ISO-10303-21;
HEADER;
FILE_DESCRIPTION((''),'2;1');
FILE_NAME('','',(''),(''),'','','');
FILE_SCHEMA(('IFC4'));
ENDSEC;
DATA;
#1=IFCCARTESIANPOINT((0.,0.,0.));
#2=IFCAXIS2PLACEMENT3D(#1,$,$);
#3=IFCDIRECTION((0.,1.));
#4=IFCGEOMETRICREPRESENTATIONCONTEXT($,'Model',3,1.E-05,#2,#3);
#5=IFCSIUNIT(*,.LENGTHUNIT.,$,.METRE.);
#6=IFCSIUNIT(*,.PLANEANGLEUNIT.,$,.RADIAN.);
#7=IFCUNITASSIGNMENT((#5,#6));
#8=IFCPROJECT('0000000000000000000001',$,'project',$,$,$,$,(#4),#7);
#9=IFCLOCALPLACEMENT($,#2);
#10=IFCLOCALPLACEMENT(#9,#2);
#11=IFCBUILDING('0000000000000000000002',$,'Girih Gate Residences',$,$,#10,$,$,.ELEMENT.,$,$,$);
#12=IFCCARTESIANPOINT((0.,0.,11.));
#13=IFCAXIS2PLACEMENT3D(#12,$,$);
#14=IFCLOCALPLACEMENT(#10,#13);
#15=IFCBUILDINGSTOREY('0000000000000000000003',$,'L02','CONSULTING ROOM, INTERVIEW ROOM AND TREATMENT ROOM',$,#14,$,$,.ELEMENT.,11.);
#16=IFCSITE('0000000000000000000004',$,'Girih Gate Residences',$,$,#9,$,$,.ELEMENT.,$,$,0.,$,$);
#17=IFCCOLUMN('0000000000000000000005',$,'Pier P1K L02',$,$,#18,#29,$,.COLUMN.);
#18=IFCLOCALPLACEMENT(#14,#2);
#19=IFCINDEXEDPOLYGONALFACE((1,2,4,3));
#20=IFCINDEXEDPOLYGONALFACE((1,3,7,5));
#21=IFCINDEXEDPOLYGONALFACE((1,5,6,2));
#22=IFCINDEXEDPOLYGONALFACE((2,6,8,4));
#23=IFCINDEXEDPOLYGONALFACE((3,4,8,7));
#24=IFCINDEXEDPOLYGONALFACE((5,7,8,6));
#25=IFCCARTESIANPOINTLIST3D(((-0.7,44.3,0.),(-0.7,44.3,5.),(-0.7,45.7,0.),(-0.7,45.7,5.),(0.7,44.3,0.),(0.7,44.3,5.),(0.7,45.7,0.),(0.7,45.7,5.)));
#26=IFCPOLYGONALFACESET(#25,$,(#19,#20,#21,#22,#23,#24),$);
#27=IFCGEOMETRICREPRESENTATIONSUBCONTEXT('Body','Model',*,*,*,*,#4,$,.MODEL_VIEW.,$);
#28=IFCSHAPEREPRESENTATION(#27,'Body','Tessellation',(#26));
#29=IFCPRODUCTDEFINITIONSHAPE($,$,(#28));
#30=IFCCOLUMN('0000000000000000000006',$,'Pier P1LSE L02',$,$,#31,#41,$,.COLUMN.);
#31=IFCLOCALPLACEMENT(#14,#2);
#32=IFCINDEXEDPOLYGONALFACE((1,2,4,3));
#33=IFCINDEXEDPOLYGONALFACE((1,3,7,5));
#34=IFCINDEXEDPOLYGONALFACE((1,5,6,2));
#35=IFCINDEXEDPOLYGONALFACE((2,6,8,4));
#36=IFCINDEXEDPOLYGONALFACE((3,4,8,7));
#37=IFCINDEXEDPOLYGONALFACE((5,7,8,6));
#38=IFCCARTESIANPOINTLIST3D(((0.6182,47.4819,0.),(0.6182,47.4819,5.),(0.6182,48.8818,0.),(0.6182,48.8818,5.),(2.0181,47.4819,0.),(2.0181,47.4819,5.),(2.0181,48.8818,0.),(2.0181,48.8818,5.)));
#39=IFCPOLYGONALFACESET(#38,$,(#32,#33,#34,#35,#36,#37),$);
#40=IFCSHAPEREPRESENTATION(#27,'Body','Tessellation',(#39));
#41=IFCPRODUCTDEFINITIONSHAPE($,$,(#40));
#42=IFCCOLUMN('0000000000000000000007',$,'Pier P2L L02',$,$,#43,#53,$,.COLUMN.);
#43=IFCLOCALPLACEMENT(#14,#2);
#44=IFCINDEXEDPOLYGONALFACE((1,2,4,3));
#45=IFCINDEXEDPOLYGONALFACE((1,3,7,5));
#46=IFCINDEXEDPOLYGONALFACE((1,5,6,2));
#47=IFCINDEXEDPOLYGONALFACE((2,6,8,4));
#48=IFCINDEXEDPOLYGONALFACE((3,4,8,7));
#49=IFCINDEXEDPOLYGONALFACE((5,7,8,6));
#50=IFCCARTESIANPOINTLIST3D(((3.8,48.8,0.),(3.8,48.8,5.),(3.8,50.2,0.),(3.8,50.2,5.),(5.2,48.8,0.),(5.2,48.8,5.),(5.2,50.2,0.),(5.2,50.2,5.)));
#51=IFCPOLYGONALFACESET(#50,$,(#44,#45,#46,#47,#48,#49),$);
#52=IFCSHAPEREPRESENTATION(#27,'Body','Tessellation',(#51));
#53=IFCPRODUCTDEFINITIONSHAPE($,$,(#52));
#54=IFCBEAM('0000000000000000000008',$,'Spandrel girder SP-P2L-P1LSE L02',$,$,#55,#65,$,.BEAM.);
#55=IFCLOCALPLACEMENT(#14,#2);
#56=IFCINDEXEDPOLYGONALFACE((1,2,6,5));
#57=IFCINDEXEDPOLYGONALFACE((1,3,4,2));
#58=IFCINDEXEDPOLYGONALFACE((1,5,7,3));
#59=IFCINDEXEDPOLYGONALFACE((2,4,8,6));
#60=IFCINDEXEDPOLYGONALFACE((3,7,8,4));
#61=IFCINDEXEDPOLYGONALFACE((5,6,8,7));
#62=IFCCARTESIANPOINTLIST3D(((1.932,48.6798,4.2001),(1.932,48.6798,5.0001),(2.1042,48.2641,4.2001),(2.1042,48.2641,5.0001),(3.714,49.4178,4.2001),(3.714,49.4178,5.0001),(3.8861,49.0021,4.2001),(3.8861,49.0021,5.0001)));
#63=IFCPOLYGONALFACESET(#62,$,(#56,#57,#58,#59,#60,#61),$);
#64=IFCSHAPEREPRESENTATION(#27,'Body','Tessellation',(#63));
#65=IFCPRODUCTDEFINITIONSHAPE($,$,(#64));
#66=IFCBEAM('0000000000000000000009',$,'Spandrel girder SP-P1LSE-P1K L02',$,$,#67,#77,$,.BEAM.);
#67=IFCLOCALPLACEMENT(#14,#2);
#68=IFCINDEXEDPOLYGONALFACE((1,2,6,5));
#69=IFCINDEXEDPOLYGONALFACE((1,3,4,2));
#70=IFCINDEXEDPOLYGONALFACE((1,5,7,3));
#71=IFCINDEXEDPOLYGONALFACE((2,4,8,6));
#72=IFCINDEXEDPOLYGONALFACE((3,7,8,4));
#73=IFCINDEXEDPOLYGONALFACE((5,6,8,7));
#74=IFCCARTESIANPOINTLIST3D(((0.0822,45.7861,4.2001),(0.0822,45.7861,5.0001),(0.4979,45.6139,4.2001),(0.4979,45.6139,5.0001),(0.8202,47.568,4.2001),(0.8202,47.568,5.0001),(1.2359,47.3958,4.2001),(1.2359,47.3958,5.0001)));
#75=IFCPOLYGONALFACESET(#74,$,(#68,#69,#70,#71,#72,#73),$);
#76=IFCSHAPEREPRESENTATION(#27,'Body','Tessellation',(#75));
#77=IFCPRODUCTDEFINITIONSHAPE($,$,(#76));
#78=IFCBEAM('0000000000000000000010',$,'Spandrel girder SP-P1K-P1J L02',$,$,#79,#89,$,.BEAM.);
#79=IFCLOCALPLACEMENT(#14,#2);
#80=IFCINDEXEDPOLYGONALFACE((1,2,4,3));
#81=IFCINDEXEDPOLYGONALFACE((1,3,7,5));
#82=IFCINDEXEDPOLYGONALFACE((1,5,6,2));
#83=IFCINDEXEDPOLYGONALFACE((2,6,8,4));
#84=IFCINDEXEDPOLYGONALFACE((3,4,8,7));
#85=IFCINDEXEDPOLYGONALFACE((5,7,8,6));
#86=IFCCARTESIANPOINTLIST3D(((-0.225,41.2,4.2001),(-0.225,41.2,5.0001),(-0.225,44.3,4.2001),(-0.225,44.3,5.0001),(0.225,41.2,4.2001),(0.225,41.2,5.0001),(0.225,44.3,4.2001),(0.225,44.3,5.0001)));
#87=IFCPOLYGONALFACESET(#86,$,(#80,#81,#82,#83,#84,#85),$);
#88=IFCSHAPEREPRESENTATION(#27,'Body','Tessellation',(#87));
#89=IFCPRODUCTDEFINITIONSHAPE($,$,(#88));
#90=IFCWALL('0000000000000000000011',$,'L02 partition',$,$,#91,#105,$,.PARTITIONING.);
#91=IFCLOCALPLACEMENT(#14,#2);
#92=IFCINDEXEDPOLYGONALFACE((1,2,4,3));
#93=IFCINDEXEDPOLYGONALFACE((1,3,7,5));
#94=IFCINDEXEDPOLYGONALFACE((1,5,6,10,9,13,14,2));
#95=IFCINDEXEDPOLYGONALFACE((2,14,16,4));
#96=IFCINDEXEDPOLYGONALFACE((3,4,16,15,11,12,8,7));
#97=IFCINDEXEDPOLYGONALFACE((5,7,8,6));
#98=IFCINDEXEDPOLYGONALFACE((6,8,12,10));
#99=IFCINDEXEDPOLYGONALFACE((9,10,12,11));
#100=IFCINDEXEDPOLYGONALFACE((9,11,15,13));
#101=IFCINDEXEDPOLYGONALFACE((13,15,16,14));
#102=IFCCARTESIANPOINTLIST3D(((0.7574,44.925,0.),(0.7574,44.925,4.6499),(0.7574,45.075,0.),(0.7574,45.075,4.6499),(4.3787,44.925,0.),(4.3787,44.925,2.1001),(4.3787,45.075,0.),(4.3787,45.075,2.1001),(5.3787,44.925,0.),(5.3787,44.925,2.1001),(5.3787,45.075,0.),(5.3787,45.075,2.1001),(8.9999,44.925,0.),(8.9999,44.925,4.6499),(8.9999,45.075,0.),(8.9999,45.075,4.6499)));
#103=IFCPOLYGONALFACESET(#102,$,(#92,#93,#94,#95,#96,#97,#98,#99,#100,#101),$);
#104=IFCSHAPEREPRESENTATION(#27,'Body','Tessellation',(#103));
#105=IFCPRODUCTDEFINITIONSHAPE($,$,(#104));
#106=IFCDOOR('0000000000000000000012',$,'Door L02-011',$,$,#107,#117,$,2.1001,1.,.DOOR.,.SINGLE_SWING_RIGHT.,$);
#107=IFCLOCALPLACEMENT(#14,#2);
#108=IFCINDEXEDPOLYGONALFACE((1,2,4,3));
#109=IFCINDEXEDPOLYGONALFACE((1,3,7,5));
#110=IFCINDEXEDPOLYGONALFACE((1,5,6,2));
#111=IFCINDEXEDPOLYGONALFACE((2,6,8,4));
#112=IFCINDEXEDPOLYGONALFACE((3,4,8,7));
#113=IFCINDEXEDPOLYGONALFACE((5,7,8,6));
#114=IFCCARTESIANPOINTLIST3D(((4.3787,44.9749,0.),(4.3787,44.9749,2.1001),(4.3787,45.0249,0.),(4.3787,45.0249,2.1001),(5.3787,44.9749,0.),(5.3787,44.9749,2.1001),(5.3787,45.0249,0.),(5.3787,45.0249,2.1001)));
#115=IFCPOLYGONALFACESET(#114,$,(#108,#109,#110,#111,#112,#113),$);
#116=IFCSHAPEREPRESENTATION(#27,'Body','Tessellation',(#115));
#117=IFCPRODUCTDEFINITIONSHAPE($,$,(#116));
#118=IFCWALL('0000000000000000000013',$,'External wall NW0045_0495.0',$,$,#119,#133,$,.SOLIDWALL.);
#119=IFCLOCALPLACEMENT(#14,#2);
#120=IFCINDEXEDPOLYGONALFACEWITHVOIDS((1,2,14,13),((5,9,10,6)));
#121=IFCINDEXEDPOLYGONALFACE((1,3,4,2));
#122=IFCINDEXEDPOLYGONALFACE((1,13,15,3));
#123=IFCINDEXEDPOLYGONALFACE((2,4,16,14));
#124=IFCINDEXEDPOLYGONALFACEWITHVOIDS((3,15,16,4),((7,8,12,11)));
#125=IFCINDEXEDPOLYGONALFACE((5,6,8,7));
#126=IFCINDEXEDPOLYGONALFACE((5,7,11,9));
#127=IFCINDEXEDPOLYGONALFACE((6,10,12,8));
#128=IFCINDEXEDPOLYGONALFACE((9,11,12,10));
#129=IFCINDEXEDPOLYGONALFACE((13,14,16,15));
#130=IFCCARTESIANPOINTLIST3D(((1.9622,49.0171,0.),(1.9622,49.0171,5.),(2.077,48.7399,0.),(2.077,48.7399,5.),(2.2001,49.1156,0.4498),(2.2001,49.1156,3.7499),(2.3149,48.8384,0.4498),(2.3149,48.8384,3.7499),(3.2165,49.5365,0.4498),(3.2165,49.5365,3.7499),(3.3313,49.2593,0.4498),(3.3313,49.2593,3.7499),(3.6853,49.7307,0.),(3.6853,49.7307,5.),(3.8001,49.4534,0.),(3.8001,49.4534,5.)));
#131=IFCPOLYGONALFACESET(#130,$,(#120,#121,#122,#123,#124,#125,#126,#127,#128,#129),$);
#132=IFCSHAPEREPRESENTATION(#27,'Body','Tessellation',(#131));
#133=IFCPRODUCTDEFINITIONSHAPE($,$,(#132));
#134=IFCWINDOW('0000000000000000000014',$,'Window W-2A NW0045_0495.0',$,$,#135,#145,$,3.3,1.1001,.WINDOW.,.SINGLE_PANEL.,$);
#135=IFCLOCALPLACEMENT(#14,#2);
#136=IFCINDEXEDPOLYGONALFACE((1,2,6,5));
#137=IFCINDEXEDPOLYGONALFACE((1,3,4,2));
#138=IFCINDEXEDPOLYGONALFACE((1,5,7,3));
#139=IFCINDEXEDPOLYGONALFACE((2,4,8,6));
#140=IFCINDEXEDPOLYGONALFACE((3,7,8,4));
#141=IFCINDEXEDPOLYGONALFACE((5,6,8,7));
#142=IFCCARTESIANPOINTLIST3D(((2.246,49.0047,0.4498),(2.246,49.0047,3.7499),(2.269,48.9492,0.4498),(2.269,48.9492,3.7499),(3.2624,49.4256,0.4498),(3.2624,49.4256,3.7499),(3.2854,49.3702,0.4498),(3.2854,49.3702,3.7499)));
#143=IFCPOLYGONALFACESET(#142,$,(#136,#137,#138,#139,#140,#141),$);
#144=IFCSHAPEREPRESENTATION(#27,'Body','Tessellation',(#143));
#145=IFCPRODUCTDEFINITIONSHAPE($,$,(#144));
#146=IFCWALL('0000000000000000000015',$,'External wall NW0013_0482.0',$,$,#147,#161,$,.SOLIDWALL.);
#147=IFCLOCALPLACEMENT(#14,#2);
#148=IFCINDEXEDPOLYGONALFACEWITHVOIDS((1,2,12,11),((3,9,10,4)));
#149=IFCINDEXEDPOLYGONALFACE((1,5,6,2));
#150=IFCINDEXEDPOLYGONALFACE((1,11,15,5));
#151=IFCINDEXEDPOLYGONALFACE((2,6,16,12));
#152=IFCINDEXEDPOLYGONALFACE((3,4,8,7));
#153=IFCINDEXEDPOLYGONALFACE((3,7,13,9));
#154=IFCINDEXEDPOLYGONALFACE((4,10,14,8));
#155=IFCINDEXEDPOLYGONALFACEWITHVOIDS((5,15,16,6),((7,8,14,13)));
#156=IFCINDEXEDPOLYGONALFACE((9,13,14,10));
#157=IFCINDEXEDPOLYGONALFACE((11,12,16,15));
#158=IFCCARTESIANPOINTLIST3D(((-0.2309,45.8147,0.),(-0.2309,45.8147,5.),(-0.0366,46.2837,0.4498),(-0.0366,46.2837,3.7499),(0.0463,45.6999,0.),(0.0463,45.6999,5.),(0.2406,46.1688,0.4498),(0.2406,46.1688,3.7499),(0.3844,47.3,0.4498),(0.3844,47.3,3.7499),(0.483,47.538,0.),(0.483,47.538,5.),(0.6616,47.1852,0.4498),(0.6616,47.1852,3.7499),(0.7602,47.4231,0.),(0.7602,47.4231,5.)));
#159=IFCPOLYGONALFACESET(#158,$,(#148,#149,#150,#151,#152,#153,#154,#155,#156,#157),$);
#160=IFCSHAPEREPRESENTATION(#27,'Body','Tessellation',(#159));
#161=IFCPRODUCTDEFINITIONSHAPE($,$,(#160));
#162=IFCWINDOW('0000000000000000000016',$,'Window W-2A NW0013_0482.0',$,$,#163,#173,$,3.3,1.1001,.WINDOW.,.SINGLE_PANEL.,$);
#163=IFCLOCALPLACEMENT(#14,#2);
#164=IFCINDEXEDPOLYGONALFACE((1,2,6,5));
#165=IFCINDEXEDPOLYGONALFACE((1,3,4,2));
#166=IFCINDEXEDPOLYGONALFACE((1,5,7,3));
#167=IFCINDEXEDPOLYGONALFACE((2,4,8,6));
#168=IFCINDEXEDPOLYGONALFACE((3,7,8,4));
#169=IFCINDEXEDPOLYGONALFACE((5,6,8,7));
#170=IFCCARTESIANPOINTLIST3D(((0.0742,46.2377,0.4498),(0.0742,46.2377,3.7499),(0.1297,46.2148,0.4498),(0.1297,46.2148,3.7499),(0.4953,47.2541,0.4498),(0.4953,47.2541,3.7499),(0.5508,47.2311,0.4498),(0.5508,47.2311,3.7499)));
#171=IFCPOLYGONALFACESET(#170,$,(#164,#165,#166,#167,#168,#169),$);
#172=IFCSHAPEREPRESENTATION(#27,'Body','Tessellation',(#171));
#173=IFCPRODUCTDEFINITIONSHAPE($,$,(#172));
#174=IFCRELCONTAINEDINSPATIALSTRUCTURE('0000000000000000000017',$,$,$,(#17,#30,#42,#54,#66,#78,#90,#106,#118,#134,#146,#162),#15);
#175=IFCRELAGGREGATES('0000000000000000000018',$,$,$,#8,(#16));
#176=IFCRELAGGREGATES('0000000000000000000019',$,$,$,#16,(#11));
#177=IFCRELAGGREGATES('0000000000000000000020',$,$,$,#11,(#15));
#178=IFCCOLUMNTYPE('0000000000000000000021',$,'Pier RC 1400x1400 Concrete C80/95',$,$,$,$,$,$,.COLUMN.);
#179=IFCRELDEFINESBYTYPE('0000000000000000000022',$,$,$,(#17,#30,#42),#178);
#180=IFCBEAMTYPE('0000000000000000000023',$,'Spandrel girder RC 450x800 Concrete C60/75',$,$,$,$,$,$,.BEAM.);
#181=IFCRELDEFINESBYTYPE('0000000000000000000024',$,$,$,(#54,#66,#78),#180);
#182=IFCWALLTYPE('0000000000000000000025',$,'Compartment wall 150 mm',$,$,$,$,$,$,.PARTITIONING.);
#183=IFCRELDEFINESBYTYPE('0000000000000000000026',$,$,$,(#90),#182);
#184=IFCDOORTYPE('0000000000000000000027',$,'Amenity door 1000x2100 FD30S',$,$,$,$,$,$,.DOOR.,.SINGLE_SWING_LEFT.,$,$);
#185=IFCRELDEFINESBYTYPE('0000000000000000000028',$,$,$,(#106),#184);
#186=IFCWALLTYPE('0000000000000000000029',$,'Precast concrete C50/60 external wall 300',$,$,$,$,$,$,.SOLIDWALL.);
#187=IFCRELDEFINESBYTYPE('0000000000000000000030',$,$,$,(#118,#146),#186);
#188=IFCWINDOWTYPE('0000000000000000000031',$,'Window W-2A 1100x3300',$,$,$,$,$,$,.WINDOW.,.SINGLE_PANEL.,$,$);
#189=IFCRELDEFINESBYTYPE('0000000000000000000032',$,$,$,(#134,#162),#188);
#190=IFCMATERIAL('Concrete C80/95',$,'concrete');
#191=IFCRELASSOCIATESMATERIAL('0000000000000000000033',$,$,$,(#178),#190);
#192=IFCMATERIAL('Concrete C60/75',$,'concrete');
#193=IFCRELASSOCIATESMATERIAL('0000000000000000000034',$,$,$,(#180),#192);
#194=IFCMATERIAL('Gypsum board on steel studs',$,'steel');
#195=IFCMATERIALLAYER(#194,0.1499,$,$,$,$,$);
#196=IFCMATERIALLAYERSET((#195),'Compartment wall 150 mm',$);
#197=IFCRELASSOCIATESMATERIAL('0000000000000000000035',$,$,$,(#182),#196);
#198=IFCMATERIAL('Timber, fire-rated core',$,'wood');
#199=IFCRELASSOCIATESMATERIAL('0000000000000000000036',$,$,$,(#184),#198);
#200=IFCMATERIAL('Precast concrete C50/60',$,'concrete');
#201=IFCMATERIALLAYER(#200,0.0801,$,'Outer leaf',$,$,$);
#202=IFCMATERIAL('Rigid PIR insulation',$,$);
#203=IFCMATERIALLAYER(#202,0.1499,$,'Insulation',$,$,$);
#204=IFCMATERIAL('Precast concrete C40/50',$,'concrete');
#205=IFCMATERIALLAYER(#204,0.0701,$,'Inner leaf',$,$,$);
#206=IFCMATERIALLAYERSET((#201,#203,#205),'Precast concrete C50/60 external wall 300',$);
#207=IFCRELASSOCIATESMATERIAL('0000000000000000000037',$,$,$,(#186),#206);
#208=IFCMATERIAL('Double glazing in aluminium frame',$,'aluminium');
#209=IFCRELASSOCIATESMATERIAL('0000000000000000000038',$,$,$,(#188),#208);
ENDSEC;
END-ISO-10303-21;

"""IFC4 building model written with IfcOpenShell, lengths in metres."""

from ifc_helpers import new_model, si_unit, direction, frame, frame_2d, origin, origin_2d, place, context, subcontext, project, spatial, rectangle, extrude, material, layer, layer_set, material_profile, profile_set, type_object, element, fill, save


model = new_model("IFC4")

# Units and contexts
model_context = context("Model", 3, precision=1e-05, world=origin(), true_north=direction((0.0, 1.0)))
body_context = subcontext(model_context, "Body", "Model", "MODEL_VIEW")
ifc_project = project(units=[si_unit("LENGTHUNIT", "METRE"), si_unit("PLANEANGLEUNIT", "RADIAN")], contexts=[model_context])

# Site, building, storey
site_placement = place(None, origin())
site = spatial("IfcSite", under=ifc_project, at=site_placement, Name="Girih Gate Residences", CompositionType="ELEMENT", RefElevation=0.0)
building_placement = place(site_placement, origin())
building = spatial("IfcBuilding", under=site, at=building_placement, Name="Girih Gate Residences", CompositionType="ELEMENT")
storey_placement = place(building_placement, frame((0.0, 0.0, 11.0)))
storey = spatial("IfcBuildingStorey", under=building, at=storey_placement, Name="L02", Description="CONSULTING ROOM, INTERVIEW ROOM AND TREATMENT ROOM", CompositionType="ELEMENT", Elevation=11.0)

# Columns
ifc_material_1 = material(Name="Concrete C80/95", Category="concrete")
ifc_material_profile_1 = material_profile(ifc_material_1, rectangle(XDim=1.3999, YDim=1.3999, at=origin_2d()))
ifc_profile_set_1 = profile_set([ifc_material_profile_1], Name="Concrete C80/95")
column_type = type_object("IfcColumnType", Name="Pier RC 1400x1400 Concrete C80/95", PredefinedType="COLUMN", material=ifc_profile_set_1)
for number, where, z_axis, x_axis, name in (
    (1, (0.0, 45.0, 0.0), (0.0, 0.0, 1.0), (1.0, 0.0, 0.0), "Pier P1K L02"),
    (2, (1.3181, 48.1819, 0.0), (0.0, 0.0, 1.0), (1.0, 0.0, 0.0), "Pier P1LSE L02"),
    (3, (4.5, 49.5, 0.0), (0.0, 0.0, 1.0), (1.0, 0.0, 0.0), "Pier P2L L02"),
):
    element("IfcColumn", number, at=place(storey_placement, frame(where, z_axis=z_axis, x_axis=x_axis)), inside=storey, type_object=column_type, Name=name, PredefinedType="COLUMN", context=body_context, shape_type="SweptSolid", body=[
        extrude(rectangle(XDim=1.3999, YDim=1.3999, at=origin_2d()), origin(), (0.0, 0.0, 1.0), 5.0),
    ])

# Beams
ifc_material_2 = material(Name="Concrete C60/75", Category="concrete")
ifc_material_profile_2 = material_profile(ifc_material_2, rectangle(XDim=0.45, YDim=0.8, at=origin_2d()))
ifc_profile_set_2 = profile_set([ifc_material_profile_2], Name="Concrete C60/75")
beam_type = type_object("IfcBeamType", Name="Spandrel girder RC 450x800 Concrete C60/75", PredefinedType="BEAM", material=ifc_profile_set_2)
for number, where, z_axis, x_axis, name in (
    (4, (3.8, 49.21, 4.6001), (-0.923895, -0.382646, 0.0), (0.382646, -0.923895, 0.0), "Spandrel girder SP-P2L-P1LSE L02"),
    (5, (1.0281, 47.4819, 4.6001), (-0.382646, -0.923895, 0.0), (0.923895, -0.382646, 0.0), "Spandrel girder SP-P1LSE-P1K L02"),
):
    element("IfcBeam", number, at=place(storey_placement, frame(where, z_axis=z_axis, x_axis=x_axis)), inside=storey, type_object=beam_type, Name=name, PredefinedType="BEAM", context=body_context, shape_type="SweptSolid", body=[
        extrude(rectangle(XDim=0.45, YDim=0.8, at=origin_2d()), origin(), (0.0, 0.0, 1.0), 1.9287),
    ])
beam_placement = place(storey_placement, frame((0.0, 44.3, 4.6001), z_axis=(0.0, -1.0, 0.0), x_axis=(1.0, 0.0, 0.0)))
element("IfcBeam", 6, at=beam_placement, inside=storey, type_object=beam_type, Name="Spandrel girder SP-P1K-P1J L02", PredefinedType="BEAM", context=body_context, shape_type="SweptSolid", body=[
    extrude(rectangle(XDim=0.45, YDim=0.8, at=origin_2d()), origin(), (0.0, 0.0, 1.0), 3.1001),
])

# Wall, opening, door
ifc_material_3 = material(Name="Gypsum board on steel studs", Category="steel")
ifc_layer_1 = layer(ifc_material_3, 0.1499)
ifc_layer_set_1 = layer_set([ifc_layer_1], Name="Compartment wall 150 mm")
wall_type_1 = type_object("IfcWallType", Name="Compartment wall 150 mm", PredefinedType="PARTITIONING", material=ifc_layer_set_1)
wall_1_placement = place(storey_placement, frame((0.7576, 45.0, 0.0), z_axis=(0.0, 0.0, 1.0), x_axis=(1.0, 0.0, 0.0)))
wall_1 = element("IfcWall", 7, at=wall_1_placement, inside=storey, type_object=wall_type_1, Name="L02 partition", PredefinedType="PARTITIONING", context=body_context, shape_type="SweptSolid", body=[
    extrude(rectangle(XDim=8.2424, YDim=0.1499, at=frame_2d((4.1211, 0.0))), origin(), (0.0, 0.0, 1.0), 4.6499),
])
opening_1_placement = place(wall_1_placement, frame((3.6211, 0.0, 0.0)))
opening_1 = element("IfcOpeningElement", 8, at=opening_1_placement, cuts=wall_1, PredefinedType="OPENING", context=body_context, shape_type="SweptSolid", body=[
    extrude(rectangle(XDim=1.0, YDim=2.1001, at=frame_2d((0.5, 1.05))), frame((0.0, 0.085, 0.0), z_axis=(0.0, -1.0, 0.0), x_axis=(1.0, 0.0, 0.0)), (0.0, 0.0, 1.0), 0.1699),
])
ifc_material_4 = material(Name="Timber, fire-rated core", Category="wood")
door_type = type_object("IfcDoorType", Name="Amenity door 1000x2100 FD30S", OperationType="SINGLE_SWING_LEFT", PredefinedType="DOOR", material=ifc_material_4)
door_placement = place(opening_1_placement, origin())
door = element("IfcDoor", 9, at=door_placement, inside=storey, type_object=door_type, Name="Door L02-011", OperationType="SINGLE_SWING_RIGHT", OverallHeight=2.1001, OverallWidth=1.0, PredefinedType="DOOR", context=body_context, shape_type="SweptSolid", body=[
    extrude(rectangle(XDim=1.0, YDim=2.1001, at=frame_2d((0.5, 1.05))), frame((0.0, 0.0249, 0.0), z_axis=(0.0, -1.0, 0.0), x_axis=(1.0, 0.0, 0.0)), (0.0, 0.0, 1.0), 0.05),
])
fill(opening_1, door)

# Walls, openings, windows
ifc_material_5 = material(Name="Precast concrete C50/60", Category="concrete")
ifc_layer_2 = layer(ifc_material_5, 0.0801, Name="Outer leaf")
ifc_material_6 = material(Name="Rigid PIR insulation")
ifc_layer_3 = layer(ifc_material_6, 0.1499, Name="Insulation")
ifc_material_7 = material(Name="Precast concrete C40/50", Category="concrete")
ifc_layer_4 = layer(ifc_material_7, 0.0701, Name="Inner leaf")
ifc_layer_set_2 = layer_set([ifc_layer_2, ifc_layer_3, ifc_layer_4], Name="Precast concrete C50/60 external wall 300")
wall_type_2 = type_object("IfcWallType", Name="Precast concrete C50/60 external wall 300", PredefinedType="SOLIDWALL", material=ifc_layer_set_2)
wall_2_placement = place(storey_placement, frame((2.0195, 48.8784, 0.0), z_axis=(0.0, 0.0, 1.0), x_axis=(0.923904, 0.382625, 0.0)))
wall_2 = element("IfcWall", 10, at=wall_2_placement, inside=storey, type_object=wall_type_2, Name="External wall NW0045_0495.0", PredefinedType="SOLIDWALL", context=body_context, shape_type="SweptSolid", body=[
    extrude(rectangle(XDim=1.865, YDim=0.3, at=frame_2d((0.9326, 0.0))), origin(), (0.0, 0.0, 1.0), 5.0),
])
opening_2_placement = place(wall_2_placement, frame((0.2576, 0.0, 0.45)))
opening_2 = element("IfcOpeningElement", 11, at=opening_2_placement, cuts=wall_2, PredefinedType="OPENING", context=body_context, shape_type="SweptSolid", body=[
    extrude(rectangle(XDim=1.1001, YDim=3.3, at=frame_2d((0.55, 1.6499))), frame((0.0, 0.1599, 0.0), z_axis=(0.0, -1.0, 0.0), x_axis=(1.0, 0.0, 0.0)), (0.0, 0.0, 1.0), 0.3201),
])
ifc_material_8 = material(Name="Double glazing in aluminium frame", Category="aluminium")
window_type = type_object("IfcWindowType", Name="Window W-2A 1100x3300", PartitioningType="SINGLE_PANEL", PredefinedType="WINDOW", material=ifc_material_8)
window_1_placement = place(opening_2_placement, origin())
window_1 = element("IfcWindow", 12, at=window_1_placement, inside=storey, type_object=window_type, Name="Window W-2A NW0045_0495.0", OverallHeight=3.3, OverallWidth=1.1001, PartitioningType="SINGLE_PANEL", PredefinedType="WINDOW", context=body_context, shape_type="SweptSolid", body=[
    extrude(rectangle(XDim=1.1001, YDim=3.3, at=frame_2d((0.55, 1.6499))), frame((0.0, 0.03, 0.0), z_axis=(0.0, -1.0, 0.0), x_axis=(1.0, 0.0, 0.0)), (0.0, 0.0, 1.0), 0.0601),
])
fill(opening_2, window_1)
wall_3_placement = place(storey_placement, frame((-0.0923, 45.7573, 0.0), z_axis=(0.0, 0.0, 1.0), x_axis=(0.382737, 0.923857, 0.0)))
wall_3 = element("IfcWall", 13, at=wall_3_placement, inside=storey, type_object=wall_type_2, Name="External wall NW0013_0482.0", PredefinedType="SOLIDWALL", context=body_context, shape_type="SweptSolid", body=[
    extrude(rectangle(XDim=1.8652, YDim=0.3, at=frame_2d((0.9326, 0.0))), origin(), (0.0, 0.0, 1.0), 5.0),
])
opening_3_placement = place(wall_3_placement, frame((0.5076, 0.0, 0.45)))
opening_3 = element("IfcOpeningElement", 14, at=opening_3_placement, cuts=wall_3, PredefinedType="OPENING", context=body_context, shape_type="SweptSolid", body=[
    extrude(rectangle(XDim=1.1001, YDim=3.3, at=frame_2d((0.55, 1.6499))), frame((0.0, 0.1599, 0.0), z_axis=(0.0, -1.0, 0.0), x_axis=(1.0, 0.0, 0.0)), (0.0, 0.0, 1.0), 0.3201),
])
window_2_placement = place(opening_3_placement, origin())
window_2 = element("IfcWindow", 15, at=window_2_placement, inside=storey, type_object=window_type, Name="Window W-2A NW0013_0482.0", OverallHeight=3.3, OverallWidth=1.1001, PartitioningType="SINGLE_PANEL", PredefinedType="WINDOW", context=body_context, shape_type="SweptSolid", body=[
    extrude(rectangle(XDim=1.1001, YDim=3.3, at=frame_2d((0.55, 1.6499))), frame((0.0, 0.03, 0.0), z_axis=(0.0, -1.0, 0.0), x_axis=(1.0, 0.0, 0.0)), (0.0, 0.0, 1.0), 0.0601),
])
fill(opening_3, window_2)

save(model, "model.ifc")
